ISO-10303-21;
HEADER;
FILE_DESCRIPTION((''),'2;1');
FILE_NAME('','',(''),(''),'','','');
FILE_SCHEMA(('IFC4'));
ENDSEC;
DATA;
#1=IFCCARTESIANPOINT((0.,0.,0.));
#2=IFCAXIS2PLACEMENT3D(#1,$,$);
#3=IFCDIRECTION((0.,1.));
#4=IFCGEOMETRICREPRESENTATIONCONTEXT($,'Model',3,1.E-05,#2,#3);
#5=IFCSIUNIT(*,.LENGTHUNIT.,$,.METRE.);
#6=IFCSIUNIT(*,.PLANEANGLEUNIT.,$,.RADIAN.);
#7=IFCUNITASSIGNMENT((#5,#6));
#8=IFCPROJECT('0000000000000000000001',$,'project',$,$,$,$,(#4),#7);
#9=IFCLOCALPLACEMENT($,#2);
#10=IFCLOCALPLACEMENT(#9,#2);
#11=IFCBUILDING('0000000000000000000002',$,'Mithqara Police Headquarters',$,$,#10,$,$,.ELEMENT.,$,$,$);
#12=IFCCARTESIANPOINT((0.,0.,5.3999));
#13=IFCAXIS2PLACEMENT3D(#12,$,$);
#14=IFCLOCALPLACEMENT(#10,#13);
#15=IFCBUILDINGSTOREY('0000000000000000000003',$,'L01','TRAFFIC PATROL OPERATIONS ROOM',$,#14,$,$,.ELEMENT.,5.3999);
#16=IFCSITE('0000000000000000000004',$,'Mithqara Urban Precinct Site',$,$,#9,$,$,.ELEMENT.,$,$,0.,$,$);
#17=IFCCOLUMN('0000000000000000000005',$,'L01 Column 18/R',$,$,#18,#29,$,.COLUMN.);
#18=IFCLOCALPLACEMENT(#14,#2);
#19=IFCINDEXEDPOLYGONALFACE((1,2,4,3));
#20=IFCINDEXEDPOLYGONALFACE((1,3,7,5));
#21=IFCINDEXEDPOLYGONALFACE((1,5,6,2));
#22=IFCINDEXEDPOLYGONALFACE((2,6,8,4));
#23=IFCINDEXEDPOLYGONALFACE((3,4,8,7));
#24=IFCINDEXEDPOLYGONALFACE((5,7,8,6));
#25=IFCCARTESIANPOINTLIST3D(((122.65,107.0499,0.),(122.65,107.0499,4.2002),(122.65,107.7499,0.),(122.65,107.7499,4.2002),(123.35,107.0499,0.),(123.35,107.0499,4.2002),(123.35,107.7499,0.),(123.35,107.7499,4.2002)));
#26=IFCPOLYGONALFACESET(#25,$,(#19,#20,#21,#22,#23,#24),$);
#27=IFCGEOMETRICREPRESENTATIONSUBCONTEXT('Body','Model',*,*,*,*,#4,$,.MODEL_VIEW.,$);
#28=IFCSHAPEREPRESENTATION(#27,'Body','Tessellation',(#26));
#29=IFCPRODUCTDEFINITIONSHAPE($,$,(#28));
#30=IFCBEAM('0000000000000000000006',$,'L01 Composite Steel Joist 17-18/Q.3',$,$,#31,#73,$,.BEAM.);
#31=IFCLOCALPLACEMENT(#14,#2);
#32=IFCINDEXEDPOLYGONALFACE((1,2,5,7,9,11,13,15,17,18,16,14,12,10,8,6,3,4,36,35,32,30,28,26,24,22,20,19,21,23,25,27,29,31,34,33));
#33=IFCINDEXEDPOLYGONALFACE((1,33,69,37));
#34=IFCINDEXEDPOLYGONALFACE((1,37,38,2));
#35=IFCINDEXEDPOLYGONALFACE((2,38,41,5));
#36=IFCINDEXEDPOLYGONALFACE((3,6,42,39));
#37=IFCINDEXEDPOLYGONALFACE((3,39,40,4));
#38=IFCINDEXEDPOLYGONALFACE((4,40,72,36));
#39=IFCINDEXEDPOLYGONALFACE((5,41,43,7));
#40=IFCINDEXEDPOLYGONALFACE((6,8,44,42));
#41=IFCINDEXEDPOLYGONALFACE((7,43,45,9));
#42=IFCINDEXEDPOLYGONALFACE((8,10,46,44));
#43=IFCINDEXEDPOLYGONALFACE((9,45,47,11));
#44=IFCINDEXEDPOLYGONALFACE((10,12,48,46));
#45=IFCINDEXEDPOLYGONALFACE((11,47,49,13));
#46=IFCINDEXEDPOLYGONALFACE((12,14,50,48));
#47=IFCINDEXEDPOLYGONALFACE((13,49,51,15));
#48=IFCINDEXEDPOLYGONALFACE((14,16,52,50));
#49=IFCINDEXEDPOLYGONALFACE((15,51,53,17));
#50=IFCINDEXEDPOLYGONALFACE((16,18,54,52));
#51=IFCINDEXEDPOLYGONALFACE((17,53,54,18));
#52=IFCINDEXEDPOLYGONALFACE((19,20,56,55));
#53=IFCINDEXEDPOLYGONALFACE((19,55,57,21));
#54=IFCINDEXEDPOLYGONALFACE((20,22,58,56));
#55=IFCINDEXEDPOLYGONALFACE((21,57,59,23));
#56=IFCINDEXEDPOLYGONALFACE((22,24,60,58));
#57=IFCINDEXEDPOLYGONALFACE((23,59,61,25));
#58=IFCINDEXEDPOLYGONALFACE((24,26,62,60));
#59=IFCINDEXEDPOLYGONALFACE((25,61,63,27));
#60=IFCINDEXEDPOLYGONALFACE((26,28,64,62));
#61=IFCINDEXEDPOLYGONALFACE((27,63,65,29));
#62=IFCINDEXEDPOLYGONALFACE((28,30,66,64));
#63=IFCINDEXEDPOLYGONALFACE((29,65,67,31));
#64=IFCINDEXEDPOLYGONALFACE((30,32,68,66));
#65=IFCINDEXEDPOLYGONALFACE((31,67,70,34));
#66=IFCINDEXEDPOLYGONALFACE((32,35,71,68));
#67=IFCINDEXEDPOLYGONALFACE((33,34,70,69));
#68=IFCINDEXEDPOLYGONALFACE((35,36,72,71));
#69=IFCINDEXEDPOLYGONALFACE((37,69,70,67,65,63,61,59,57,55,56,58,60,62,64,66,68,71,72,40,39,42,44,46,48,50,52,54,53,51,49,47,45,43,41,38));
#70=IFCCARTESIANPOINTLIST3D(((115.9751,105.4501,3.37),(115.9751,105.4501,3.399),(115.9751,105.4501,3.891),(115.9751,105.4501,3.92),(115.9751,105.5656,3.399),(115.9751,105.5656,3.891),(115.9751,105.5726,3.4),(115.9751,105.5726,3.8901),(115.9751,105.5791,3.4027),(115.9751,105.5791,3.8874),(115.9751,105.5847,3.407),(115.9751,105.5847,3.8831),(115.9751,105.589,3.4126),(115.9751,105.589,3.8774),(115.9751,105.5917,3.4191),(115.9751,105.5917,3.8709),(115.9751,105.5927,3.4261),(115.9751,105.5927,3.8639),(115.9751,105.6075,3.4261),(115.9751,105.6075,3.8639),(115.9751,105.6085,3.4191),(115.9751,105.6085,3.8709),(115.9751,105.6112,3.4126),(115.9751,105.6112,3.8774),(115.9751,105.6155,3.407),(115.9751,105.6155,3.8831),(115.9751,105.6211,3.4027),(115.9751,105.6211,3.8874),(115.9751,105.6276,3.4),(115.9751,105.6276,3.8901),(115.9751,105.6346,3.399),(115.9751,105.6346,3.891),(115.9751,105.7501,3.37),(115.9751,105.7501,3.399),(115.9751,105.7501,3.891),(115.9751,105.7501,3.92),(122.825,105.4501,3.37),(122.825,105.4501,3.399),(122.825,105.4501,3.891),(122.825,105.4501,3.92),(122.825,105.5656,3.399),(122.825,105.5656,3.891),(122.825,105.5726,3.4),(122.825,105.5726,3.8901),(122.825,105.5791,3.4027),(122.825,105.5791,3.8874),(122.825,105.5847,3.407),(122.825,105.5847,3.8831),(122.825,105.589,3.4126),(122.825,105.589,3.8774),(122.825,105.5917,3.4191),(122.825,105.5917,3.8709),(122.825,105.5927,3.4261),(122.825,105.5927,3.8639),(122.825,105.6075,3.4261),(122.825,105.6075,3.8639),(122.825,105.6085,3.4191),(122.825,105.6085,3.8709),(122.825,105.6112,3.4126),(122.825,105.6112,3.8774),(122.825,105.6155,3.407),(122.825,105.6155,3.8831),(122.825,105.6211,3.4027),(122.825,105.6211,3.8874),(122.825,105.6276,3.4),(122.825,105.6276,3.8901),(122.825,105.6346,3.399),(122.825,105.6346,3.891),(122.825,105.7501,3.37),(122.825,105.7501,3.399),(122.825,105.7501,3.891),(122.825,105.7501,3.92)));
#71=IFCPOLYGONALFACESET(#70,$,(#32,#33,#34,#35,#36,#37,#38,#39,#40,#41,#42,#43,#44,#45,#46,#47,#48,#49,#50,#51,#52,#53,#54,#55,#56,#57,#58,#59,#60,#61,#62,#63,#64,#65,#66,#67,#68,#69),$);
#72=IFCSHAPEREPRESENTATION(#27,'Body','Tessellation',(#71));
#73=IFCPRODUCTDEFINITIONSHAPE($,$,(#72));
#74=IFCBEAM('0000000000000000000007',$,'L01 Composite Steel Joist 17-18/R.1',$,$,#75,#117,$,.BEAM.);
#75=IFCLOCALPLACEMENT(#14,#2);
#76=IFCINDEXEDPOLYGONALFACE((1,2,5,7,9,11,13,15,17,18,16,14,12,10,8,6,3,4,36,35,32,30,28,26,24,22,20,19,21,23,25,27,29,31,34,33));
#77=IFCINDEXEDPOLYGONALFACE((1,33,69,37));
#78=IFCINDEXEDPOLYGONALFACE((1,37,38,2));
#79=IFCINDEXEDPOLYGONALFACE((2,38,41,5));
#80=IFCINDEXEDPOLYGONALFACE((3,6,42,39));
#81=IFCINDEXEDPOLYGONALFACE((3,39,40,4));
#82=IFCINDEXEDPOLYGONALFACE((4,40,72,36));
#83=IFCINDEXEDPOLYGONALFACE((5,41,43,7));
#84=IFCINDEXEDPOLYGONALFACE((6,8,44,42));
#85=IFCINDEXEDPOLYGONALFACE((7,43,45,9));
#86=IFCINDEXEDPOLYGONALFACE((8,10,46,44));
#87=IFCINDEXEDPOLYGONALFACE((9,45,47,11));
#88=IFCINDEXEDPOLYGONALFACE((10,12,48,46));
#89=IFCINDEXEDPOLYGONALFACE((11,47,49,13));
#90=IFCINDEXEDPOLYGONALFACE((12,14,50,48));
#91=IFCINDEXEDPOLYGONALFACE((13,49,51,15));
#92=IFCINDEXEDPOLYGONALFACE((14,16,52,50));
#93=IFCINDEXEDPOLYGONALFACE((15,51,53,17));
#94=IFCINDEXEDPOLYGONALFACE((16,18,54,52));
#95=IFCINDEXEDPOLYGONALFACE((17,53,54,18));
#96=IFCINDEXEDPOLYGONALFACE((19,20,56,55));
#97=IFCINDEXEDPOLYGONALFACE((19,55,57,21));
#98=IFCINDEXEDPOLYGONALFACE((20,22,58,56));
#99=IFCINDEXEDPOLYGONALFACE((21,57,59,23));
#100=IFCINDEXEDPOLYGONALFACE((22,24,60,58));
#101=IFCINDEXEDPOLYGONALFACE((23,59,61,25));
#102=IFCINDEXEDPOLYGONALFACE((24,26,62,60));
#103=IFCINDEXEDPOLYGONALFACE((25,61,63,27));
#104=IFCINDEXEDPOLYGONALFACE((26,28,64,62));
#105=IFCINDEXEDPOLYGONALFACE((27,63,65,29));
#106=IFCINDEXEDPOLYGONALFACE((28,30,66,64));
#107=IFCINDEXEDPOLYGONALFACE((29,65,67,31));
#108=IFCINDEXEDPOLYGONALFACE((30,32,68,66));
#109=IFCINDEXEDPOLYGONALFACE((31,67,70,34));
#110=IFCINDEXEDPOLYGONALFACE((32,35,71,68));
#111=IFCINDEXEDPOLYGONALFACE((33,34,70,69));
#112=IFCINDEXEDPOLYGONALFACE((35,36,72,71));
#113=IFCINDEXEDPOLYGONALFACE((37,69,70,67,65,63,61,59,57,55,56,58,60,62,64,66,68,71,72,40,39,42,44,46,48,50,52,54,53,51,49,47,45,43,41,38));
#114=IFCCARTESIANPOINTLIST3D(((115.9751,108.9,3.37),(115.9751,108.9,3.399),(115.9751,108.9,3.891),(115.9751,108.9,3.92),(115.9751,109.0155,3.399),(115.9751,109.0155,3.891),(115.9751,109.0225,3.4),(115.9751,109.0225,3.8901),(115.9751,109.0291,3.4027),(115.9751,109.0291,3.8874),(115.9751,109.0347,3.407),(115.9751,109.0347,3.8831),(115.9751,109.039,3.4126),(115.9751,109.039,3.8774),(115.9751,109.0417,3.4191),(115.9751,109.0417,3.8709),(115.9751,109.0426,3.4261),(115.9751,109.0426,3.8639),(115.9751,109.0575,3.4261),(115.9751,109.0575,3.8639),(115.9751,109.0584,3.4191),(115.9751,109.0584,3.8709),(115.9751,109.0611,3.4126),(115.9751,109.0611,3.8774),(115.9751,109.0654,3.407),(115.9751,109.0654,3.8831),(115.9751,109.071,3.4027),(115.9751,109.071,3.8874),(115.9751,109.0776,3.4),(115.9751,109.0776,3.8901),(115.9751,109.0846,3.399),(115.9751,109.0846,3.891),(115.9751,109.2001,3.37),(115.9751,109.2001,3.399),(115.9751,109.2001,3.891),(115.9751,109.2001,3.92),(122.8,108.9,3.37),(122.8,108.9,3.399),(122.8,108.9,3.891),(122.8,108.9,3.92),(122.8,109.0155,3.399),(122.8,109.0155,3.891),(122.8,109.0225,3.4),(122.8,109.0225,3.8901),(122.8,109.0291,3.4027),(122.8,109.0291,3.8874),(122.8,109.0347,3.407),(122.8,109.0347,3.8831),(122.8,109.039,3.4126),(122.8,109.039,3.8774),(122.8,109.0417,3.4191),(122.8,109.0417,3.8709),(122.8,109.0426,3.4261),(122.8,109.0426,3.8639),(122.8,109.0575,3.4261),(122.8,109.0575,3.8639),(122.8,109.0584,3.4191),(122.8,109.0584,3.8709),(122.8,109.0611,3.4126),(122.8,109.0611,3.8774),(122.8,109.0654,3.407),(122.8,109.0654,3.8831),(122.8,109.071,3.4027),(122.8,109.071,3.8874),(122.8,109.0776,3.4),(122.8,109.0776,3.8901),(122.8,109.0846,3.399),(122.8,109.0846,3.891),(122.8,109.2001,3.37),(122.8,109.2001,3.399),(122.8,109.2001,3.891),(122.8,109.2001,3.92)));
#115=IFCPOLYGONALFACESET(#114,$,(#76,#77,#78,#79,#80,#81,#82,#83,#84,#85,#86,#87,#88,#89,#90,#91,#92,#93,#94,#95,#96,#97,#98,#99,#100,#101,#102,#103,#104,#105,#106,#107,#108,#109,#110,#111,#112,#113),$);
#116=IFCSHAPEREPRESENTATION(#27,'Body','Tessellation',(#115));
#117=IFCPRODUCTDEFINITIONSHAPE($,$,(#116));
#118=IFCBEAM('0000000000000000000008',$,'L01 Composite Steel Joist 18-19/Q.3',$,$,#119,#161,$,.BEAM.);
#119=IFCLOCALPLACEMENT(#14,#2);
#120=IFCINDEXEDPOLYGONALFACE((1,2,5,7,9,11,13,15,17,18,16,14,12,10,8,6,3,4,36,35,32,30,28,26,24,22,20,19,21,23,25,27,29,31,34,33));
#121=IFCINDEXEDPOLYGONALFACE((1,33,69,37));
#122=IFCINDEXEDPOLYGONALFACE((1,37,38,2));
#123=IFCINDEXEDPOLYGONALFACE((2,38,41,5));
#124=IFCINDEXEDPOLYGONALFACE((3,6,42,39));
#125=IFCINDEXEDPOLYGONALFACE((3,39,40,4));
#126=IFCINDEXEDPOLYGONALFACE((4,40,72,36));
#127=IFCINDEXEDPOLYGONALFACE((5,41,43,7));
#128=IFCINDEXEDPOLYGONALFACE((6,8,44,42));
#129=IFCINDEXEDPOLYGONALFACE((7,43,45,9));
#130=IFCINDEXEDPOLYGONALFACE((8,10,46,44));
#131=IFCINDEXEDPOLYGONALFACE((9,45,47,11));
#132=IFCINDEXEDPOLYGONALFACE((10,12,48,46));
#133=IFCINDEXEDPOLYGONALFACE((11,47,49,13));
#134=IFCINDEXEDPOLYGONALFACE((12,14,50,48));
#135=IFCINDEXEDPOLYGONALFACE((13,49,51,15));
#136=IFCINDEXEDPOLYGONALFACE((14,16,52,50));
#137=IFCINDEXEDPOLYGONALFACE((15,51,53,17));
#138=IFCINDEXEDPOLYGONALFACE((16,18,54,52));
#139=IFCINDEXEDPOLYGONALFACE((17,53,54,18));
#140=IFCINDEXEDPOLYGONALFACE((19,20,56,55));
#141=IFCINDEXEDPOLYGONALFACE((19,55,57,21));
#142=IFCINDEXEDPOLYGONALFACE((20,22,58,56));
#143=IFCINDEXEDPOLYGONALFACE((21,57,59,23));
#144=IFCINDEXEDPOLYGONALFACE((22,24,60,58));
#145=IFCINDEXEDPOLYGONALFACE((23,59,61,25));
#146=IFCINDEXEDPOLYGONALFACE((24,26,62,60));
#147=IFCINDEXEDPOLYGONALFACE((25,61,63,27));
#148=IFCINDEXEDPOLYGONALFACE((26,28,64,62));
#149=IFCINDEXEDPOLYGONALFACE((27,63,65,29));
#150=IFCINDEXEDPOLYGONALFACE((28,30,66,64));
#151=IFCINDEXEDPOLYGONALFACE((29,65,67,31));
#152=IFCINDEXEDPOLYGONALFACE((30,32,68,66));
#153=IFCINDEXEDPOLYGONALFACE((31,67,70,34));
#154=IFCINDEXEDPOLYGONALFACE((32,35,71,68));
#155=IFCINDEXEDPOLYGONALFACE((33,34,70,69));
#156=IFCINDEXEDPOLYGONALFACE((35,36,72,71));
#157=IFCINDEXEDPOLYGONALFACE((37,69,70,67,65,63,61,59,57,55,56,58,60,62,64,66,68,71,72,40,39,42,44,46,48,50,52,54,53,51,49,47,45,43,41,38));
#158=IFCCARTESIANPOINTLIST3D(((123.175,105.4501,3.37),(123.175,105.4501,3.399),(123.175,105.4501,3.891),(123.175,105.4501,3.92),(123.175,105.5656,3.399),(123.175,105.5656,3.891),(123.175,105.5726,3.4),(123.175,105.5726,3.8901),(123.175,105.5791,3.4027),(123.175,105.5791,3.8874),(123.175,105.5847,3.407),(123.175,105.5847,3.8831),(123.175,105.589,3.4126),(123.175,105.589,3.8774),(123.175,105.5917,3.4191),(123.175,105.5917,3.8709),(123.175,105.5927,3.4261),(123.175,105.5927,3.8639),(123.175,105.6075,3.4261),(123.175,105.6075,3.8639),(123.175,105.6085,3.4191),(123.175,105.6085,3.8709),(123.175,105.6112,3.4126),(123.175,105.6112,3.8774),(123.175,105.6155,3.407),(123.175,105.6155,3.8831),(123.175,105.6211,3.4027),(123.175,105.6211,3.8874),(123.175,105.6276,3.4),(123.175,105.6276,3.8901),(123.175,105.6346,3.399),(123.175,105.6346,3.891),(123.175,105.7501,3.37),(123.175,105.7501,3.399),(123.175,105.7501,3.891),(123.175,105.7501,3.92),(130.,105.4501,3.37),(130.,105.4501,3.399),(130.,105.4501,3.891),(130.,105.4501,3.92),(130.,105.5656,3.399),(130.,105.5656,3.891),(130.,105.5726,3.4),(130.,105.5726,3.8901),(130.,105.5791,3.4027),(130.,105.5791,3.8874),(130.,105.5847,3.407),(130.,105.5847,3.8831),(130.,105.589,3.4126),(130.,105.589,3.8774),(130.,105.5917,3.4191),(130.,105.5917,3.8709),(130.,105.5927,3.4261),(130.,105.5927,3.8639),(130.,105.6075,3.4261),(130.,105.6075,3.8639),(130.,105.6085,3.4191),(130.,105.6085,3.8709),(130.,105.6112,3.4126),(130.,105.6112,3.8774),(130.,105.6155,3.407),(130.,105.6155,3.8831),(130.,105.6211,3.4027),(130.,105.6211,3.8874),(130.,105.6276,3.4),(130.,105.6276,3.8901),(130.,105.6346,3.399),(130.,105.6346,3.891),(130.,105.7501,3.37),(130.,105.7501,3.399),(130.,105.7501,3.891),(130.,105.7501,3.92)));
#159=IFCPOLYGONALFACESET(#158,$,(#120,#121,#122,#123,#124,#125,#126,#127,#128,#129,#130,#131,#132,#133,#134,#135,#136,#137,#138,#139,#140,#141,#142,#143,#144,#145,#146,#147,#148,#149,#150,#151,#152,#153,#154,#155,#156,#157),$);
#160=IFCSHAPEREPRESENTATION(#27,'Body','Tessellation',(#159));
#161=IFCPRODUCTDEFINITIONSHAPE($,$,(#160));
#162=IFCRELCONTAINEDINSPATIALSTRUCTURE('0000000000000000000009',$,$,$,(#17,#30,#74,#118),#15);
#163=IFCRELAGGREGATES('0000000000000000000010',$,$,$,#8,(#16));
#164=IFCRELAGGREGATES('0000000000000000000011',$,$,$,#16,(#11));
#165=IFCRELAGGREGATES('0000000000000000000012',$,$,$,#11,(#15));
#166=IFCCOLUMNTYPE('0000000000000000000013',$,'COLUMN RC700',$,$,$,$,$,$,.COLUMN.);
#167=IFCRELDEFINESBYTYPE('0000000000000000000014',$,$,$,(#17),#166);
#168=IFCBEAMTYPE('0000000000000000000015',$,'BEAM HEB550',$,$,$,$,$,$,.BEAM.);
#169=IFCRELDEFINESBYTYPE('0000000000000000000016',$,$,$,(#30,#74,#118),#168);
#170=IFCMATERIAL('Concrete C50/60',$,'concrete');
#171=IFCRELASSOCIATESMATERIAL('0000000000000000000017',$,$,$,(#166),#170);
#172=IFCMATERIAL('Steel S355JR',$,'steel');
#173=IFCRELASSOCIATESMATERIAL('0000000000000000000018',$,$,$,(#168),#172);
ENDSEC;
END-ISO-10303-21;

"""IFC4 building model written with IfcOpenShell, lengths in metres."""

from ifc_helpers import new_model, si_unit, direction, frame, origin, origin_2d, place, context, subcontext, project, spatial, rectangle, i_section, extrude, material, material_profile, profile_set, type_object, element, save


model = new_model("IFC4")

# Units and contexts
model_context = context("Model", 3, precision=1e-05, world=origin(), true_north=direction((0.0, 1.0)))
body_context = subcontext(model_context, "Body", "Model", "MODEL_VIEW")
ifc_project = project(units=[si_unit("LENGTHUNIT", "METRE"), si_unit("PLANEANGLEUNIT", "RADIAN")], contexts=[model_context])

# Site, building, storey
site_placement = place(None, origin())
site = spatial("IfcSite", under=ifc_project, at=site_placement, Name="Mithqara Urban Precinct Site", CompositionType="ELEMENT", RefElevation=0.0)
building_placement = place(site_placement, origin())
building = spatial("IfcBuilding", under=site, at=building_placement, Name="Mithqara Police Headquarters", CompositionType="ELEMENT")
storey_placement = place(building_placement, frame((0.0, 0.0, 5.3999)))
storey = spatial("IfcBuildingStorey", under=building, at=storey_placement, Name="L01", Description="TRAFFIC PATROL OPERATIONS ROOM", CompositionType="ELEMENT", Elevation=5.3999)

# Column
ifc_material_1 = material(Name="Concrete C50/60", Category="concrete")
ifc_material_profile_1 = material_profile(ifc_material_1, rectangle(XDim=0.7, YDim=0.7, at=origin_2d()), Name="RC 700x700")
ifc_profile_set_1 = profile_set([ifc_material_profile_1], Name="Concrete C50/60")
column_type = type_object("IfcColumnType", Name="COLUMN RC700", PredefinedType="COLUMN", material=ifc_profile_set_1)
column_placement = place(storey_placement, frame((123.0, 107.3999, 0.0), z_axis=(0.0, 0.0, 1.0), x_axis=(1.0, 0.0, 0.0)))
element("IfcColumn", 1, at=column_placement, inside=storey, type_object=column_type, Name="L01 Column 18/R", PredefinedType="COLUMN", context=body_context, shape_type="SweptSolid", body=[
    extrude(rectangle(XDim=0.7, YDim=0.7, at=origin_2d()), origin(), (0.0, 0.0, 1.0), 4.2002),
])

# Beams
ifc_material_2 = material(Name="Steel S355JR", Category="steel")
ifc_material_profile_2 = material_profile(ifc_material_2, i_section(OverallWidth=0.3, OverallDepth=0.55, WebThickness=0.0149, FlangeThickness=0.0291, FilletRadius=0.0271, at=origin_2d()), Name="HEB 550")
ifc_profile_set_2 = profile_set([ifc_material_profile_2], Name="Steel S355JR")
beam_type_1 = type_object("IfcBeamType", Name="BEAM HEB550", PredefinedType="BEAM", material=ifc_profile_set_2)
beam_1_placement = place(storey_placement, frame((115.9751, 105.6001, 3.645), z_axis=(1.0, 0.0, 0.0), x_axis=(0.0, 1.0, 0.0)))
element("IfcBeam", 2, at=beam_1_placement, inside=storey, type_object=beam_type_1, Name="L01 Composite Steel Joist 17-18/Q.3", PredefinedType="BEAM", context=body_context, shape_type="SweptSolid", body=[
    extrude(i_section(OverallWidth=0.3, OverallDepth=0.55, WebThickness=0.0149, FlangeThickness=0.0291, FilletRadius=0.0271, at=origin_2d()), origin(), (0.0, 0.0, 1.0), 6.8499),
])
for number, where, z_axis, x_axis, name in (
    (3, (115.9751, 109.05, 3.645), (1.0, 0.0, 0.0), (0.0, 1.0, 0.0), "L01 Composite Steel Joist 17-18/R.1"),
    (4, (123.175, 105.6001, 3.645), (1.0, 0.0, 0.0), (0.0, 1.0, 0.0), "L01 Composite Steel Joist 18-19/Q.3"),
):
    element("IfcBeam", number, at=place(storey_placement, frame(where, z_axis=z_axis, x_axis=x_axis)), inside=storey, type_object=beam_type_1, Name=name, PredefinedType="BEAM", context=body_context, shape_type="SweptSolid", body=[
        extrude(i_section(OverallWidth=0.3, OverallDepth=0.55, WebThickness=0.0149, FlangeThickness=0.0291, FilletRadius=0.0271, at=origin_2d()), origin(), (0.0, 0.0, 1.0), 6.825),
    ])

save(model, "model.ifc")
